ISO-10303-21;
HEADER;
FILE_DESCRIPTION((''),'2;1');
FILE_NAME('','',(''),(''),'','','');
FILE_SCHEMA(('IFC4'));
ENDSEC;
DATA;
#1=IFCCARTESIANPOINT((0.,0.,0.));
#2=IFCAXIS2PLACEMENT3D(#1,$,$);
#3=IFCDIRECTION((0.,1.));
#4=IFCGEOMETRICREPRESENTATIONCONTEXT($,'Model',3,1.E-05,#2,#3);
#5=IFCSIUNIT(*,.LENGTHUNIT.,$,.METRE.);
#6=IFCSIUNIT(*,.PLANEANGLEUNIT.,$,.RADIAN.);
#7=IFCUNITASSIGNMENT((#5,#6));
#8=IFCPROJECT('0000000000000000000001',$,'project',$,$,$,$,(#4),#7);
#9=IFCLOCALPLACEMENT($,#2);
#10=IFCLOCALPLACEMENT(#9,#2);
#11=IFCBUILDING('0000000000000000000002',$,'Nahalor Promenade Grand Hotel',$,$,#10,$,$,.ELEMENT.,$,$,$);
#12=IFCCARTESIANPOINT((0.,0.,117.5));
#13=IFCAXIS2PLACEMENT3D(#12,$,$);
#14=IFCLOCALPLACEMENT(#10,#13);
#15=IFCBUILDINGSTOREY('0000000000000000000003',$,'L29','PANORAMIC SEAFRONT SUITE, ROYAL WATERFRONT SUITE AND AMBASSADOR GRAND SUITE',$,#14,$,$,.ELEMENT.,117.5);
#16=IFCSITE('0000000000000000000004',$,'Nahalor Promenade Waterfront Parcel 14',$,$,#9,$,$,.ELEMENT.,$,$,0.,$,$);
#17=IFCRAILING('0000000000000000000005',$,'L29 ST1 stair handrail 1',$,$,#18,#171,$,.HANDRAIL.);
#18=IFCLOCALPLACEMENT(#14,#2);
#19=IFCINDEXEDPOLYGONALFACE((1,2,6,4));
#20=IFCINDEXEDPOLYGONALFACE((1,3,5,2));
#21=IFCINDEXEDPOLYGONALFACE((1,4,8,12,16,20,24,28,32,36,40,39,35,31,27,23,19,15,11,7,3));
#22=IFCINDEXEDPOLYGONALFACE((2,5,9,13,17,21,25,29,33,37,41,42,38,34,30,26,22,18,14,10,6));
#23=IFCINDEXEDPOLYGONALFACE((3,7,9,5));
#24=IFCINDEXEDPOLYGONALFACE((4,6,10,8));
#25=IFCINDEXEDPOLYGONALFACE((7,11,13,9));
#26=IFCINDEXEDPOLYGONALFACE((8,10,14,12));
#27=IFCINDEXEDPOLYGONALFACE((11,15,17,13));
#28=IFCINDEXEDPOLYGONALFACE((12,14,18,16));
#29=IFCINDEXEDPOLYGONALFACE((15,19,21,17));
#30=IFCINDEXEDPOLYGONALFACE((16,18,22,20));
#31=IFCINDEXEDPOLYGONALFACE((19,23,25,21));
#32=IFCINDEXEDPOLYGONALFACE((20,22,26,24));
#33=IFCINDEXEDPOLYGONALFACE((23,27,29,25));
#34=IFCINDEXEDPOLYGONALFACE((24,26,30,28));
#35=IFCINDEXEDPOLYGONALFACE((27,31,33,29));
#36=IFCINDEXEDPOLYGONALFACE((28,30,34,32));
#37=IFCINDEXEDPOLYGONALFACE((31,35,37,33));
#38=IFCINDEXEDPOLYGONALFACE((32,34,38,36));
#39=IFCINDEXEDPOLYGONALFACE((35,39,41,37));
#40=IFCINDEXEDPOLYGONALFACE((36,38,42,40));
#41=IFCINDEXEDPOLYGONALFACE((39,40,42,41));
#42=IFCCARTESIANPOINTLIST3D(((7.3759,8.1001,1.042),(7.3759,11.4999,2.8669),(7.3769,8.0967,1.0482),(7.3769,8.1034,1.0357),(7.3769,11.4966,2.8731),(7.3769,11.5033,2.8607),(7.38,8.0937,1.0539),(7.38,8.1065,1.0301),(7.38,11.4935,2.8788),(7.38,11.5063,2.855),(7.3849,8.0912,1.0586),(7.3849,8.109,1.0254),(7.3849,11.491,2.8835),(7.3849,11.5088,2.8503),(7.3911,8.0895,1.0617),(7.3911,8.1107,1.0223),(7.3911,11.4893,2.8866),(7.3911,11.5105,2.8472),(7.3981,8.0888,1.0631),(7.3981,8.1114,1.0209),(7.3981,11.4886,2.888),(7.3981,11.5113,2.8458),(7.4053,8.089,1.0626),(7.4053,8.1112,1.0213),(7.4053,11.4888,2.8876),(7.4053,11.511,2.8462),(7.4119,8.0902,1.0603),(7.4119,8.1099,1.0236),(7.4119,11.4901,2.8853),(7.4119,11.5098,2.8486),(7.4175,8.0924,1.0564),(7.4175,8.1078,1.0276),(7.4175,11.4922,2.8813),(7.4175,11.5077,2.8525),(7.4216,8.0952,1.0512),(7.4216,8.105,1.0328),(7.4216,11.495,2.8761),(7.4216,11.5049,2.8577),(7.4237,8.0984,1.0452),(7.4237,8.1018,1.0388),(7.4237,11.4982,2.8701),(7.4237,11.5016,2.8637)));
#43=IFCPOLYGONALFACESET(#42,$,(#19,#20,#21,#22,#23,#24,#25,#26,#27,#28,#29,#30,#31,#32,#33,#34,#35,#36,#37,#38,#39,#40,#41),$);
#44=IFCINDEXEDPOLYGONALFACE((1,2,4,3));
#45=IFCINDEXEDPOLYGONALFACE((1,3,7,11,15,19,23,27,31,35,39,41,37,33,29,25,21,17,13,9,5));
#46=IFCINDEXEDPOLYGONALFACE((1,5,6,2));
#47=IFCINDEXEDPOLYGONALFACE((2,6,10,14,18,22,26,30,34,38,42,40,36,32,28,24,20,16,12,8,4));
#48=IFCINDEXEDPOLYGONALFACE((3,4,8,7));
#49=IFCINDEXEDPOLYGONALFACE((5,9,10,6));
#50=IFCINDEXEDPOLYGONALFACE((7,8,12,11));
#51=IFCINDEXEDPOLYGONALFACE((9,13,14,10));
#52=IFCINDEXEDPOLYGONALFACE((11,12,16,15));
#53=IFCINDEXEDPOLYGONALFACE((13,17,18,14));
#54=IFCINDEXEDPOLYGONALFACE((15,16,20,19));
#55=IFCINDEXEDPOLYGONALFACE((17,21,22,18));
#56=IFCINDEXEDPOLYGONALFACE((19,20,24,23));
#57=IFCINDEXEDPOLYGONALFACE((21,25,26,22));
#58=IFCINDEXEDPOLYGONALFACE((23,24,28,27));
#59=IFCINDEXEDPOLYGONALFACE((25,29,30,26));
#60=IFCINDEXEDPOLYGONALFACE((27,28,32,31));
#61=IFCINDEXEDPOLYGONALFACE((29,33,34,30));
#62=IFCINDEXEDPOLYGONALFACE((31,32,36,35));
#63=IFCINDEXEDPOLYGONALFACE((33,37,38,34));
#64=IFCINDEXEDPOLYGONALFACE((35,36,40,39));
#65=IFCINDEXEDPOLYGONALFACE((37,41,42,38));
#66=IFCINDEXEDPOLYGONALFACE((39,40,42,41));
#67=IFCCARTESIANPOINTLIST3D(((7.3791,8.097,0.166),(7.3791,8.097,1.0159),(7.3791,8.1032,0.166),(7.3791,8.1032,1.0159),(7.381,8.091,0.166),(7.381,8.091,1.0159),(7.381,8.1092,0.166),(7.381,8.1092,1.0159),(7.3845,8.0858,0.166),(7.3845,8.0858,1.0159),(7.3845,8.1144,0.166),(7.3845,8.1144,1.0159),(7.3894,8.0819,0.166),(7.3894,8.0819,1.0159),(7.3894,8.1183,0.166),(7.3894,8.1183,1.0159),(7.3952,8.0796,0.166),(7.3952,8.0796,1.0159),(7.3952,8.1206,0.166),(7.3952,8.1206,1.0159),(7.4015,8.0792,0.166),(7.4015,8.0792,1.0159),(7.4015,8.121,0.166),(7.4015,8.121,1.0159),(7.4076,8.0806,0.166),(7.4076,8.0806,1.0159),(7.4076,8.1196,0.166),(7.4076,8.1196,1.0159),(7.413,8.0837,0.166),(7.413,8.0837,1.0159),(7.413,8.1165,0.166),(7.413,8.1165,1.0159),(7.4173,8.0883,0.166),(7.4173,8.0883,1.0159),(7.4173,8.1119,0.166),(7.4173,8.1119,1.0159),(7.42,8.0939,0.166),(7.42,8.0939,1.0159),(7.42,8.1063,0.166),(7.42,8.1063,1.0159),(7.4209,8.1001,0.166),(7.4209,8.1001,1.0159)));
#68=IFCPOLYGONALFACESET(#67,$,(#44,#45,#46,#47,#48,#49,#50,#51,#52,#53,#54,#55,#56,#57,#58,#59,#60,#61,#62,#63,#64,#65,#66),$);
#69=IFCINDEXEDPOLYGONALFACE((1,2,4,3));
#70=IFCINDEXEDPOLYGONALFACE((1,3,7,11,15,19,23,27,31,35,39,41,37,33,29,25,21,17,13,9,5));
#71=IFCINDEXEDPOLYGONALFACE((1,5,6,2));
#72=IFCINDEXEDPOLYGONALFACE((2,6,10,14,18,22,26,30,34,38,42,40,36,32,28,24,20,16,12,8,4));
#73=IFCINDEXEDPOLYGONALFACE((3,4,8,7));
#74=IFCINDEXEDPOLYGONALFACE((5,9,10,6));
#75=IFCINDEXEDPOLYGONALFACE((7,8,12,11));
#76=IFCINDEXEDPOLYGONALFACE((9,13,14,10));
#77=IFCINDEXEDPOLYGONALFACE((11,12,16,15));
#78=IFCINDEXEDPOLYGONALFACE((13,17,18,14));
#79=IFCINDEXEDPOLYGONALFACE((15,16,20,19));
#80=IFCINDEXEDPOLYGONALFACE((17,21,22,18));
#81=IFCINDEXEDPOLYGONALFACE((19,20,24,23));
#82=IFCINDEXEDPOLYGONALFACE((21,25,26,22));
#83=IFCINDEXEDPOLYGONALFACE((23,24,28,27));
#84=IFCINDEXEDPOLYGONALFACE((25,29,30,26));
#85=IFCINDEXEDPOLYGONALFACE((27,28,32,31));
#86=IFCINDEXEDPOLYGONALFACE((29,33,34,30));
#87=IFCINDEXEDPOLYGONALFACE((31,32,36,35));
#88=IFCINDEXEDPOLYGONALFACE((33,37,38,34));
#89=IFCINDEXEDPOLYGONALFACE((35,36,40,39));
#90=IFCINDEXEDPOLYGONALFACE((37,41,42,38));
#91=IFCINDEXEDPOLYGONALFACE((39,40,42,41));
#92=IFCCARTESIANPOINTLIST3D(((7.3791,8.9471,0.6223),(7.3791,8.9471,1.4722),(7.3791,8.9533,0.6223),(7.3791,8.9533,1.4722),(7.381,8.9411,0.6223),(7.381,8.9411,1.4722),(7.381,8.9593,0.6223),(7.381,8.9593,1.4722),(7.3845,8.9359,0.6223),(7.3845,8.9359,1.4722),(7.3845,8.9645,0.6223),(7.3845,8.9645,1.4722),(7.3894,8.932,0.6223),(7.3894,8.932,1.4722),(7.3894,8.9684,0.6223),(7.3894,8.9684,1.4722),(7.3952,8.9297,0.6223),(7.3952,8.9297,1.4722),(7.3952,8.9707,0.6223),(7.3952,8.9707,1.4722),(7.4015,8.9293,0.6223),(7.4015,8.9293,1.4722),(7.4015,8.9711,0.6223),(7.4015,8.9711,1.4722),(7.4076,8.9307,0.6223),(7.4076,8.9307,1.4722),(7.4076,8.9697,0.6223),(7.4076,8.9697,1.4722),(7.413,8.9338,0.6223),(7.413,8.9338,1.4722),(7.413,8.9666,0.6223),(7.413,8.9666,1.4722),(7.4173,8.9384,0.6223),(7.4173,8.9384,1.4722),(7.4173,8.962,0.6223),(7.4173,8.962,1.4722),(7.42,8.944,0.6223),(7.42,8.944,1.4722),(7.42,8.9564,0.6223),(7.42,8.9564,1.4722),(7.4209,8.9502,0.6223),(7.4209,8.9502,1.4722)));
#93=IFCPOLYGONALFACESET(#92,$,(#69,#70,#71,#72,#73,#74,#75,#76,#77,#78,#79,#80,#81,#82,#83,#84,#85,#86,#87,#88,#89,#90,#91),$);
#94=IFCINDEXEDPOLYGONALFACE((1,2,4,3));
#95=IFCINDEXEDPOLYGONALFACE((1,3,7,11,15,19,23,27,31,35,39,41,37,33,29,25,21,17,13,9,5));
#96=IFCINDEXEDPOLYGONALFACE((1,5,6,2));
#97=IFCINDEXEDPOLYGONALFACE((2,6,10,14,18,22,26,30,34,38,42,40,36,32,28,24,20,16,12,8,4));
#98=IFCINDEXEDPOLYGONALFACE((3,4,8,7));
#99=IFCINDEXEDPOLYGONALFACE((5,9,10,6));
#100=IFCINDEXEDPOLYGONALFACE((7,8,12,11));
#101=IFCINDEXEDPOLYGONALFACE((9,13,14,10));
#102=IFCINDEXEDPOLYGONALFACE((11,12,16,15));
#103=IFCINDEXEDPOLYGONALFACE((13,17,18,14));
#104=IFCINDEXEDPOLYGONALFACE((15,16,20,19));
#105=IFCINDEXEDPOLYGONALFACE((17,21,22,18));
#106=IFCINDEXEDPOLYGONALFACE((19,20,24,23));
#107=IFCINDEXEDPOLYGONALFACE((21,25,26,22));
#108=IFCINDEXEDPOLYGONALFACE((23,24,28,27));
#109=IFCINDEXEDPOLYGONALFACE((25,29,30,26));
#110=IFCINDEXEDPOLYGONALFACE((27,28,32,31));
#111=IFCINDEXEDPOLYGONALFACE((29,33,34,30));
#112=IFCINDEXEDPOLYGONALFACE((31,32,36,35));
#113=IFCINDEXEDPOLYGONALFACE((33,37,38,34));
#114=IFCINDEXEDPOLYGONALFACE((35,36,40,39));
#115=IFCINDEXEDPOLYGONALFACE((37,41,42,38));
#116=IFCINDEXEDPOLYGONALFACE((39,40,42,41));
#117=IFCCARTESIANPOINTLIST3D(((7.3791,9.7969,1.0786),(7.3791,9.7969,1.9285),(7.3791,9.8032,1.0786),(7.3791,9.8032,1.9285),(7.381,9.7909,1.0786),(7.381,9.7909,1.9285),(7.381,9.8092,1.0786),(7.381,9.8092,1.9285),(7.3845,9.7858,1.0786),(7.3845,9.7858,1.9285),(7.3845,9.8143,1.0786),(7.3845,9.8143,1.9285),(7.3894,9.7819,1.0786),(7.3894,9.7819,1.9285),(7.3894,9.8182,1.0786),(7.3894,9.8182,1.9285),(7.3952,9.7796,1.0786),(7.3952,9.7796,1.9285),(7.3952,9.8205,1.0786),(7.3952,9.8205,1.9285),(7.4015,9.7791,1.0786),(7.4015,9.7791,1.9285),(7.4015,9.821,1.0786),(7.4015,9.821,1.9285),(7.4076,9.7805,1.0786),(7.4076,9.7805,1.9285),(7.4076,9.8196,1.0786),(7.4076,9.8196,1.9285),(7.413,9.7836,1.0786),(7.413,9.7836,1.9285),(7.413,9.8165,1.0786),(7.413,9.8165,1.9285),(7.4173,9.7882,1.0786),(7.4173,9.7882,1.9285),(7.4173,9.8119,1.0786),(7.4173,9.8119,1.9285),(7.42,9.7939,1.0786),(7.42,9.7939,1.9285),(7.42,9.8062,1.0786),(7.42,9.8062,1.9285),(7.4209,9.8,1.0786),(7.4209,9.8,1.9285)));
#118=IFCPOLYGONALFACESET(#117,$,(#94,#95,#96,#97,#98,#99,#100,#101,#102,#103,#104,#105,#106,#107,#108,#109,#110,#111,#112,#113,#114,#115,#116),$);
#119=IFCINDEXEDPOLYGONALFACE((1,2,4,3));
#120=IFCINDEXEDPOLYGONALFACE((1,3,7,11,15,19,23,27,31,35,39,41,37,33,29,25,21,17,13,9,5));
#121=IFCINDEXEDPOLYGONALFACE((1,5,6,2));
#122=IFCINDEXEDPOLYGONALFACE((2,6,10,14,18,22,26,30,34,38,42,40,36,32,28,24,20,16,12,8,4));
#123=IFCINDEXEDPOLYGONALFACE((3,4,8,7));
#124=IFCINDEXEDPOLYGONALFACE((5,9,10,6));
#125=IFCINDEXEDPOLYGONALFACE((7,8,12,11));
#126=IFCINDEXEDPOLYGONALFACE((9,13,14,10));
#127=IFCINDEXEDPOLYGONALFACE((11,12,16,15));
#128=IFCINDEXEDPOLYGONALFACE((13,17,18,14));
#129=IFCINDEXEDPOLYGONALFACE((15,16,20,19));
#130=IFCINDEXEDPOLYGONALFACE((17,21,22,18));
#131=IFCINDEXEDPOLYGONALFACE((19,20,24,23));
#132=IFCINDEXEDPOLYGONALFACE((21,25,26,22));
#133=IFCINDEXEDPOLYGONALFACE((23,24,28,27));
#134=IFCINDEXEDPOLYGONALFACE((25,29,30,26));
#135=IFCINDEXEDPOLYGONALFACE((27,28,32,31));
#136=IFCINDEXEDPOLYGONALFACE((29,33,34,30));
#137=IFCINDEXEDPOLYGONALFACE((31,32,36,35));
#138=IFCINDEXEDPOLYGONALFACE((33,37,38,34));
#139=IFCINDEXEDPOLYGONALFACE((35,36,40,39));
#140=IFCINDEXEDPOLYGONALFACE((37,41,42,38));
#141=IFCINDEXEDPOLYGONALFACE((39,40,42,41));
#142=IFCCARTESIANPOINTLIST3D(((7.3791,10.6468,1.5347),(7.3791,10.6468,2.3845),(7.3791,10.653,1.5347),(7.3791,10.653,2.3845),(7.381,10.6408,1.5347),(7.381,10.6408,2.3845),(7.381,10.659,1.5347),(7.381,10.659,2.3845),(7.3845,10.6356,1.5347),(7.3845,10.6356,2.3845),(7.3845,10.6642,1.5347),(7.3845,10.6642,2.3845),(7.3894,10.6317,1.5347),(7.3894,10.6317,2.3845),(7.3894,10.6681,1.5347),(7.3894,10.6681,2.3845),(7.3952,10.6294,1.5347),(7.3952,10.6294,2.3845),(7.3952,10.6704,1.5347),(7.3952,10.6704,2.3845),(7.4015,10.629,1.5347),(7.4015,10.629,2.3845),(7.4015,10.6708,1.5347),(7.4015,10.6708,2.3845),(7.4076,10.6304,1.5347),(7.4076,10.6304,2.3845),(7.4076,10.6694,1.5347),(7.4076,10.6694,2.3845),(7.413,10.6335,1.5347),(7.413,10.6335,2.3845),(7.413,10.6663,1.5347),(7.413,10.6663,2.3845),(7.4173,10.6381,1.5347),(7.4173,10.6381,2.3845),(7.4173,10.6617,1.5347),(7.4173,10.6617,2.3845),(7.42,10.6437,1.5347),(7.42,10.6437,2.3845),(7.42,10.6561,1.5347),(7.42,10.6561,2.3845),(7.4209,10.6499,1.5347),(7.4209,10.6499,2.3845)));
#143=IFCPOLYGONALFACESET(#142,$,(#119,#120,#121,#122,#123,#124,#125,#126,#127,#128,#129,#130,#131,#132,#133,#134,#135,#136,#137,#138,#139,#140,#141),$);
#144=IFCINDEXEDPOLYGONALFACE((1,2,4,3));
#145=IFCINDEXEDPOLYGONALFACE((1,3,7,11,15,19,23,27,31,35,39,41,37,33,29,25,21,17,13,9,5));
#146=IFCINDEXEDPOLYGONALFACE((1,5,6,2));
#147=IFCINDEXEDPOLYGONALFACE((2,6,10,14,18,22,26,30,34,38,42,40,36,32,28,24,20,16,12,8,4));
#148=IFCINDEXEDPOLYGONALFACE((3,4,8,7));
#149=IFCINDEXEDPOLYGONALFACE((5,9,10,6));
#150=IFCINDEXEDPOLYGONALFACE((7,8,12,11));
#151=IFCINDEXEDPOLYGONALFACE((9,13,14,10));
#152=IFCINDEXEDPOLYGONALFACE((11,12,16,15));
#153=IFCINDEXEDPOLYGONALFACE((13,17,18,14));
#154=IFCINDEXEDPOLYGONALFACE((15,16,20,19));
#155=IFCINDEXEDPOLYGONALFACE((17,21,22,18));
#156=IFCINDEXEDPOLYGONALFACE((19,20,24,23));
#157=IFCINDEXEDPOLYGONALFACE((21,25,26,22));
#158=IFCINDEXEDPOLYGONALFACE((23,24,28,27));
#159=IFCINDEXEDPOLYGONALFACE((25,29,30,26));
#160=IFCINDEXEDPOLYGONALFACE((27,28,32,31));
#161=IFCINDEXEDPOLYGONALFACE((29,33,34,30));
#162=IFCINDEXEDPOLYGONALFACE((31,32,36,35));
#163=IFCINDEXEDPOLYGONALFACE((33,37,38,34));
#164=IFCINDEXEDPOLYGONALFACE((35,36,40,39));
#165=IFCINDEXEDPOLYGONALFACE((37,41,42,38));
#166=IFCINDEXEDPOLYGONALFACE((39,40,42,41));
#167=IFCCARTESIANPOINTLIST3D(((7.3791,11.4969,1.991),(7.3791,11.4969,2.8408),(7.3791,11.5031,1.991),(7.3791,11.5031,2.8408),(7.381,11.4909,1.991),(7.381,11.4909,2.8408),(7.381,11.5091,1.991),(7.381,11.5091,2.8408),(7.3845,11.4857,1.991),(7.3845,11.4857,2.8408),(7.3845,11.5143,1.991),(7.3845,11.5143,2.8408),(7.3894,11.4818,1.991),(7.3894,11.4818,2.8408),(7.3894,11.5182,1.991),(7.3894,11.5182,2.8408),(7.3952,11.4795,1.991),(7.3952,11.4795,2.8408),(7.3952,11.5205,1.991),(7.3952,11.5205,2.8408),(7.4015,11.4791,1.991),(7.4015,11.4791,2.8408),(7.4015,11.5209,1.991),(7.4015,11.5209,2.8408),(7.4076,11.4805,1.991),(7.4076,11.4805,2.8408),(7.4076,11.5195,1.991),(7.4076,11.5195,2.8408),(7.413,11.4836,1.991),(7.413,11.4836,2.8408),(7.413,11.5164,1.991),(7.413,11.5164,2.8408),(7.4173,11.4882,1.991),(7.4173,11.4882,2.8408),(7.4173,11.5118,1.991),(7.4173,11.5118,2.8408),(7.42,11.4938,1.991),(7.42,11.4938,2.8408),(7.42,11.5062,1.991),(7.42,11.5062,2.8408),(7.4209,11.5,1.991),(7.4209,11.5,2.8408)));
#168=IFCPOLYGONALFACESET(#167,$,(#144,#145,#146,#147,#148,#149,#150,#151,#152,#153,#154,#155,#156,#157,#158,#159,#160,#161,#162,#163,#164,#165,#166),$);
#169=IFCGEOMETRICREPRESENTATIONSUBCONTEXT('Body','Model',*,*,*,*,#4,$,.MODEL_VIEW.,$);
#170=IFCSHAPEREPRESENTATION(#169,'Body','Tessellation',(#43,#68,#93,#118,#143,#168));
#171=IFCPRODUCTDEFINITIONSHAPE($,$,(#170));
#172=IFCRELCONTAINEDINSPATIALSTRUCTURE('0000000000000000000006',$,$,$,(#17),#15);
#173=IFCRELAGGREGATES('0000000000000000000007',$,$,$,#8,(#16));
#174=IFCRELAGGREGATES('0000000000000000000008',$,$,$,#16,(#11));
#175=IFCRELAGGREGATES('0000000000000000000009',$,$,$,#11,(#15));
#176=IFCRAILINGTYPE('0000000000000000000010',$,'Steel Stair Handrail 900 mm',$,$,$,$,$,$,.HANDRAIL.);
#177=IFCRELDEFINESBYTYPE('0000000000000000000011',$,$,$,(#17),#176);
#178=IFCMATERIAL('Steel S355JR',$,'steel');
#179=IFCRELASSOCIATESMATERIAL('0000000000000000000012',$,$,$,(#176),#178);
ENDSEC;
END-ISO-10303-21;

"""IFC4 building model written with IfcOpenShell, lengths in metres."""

from ifc_helpers import new_model, si_unit, direction, frame, origin, origin_2d, place, context, subcontext, project, spatial, circle, extrude, material, type_object, element, save


model = new_model("IFC4")

# Units and contexts
model_context = context("Model", 3, precision=1e-05, world=origin(), true_north=direction((0.0, 1.0)))
body_context = subcontext(model_context, "Body", "Model", "MODEL_VIEW")
ifc_project = project(units=[si_unit("LENGTHUNIT", "METRE"), si_unit("PLANEANGLEUNIT", "RADIAN")], contexts=[model_context])

# Site, building, storey
site_placement = place(None, origin())
site = spatial("IfcSite", under=ifc_project, at=site_placement, Name="Nahalor Promenade Waterfront Parcel 14", CompositionType="ELEMENT", RefElevation=0.0)
building_placement = place(site_placement, origin())
building = spatial("IfcBuilding", under=site, at=building_placement, Name="Nahalor Promenade Grand Hotel", CompositionType="ELEMENT")
storey_placement = place(building_placement, frame((0.0, 0.0, 117.5)))
storey = spatial("IfcBuildingStorey", under=building, at=storey_placement, Name="L29", Description="PANORAMIC SEAFRONT SUITE, ROYAL WATERFRONT SUITE AND AMBASSADOR GRAND SUITE", CompositionType="ELEMENT", Elevation=117.5)

# Shared definitions
ifc_material_1 = material(Name="Steel S355JR", Category="steel")

# Railing
railing_type = type_object("IfcRailingType", Name="Steel Stair Handrail 900 mm", PredefinedType="HANDRAIL", material=ifc_material_1)
railing_placement = place(storey_placement, frame((7.3999, 8.1001, 0.166)))
element("IfcRailing", 1, at=railing_placement, inside=storey, type_object=railing_type, Name="L29 ST1 stair handrail 1", PredefinedType="HANDRAIL", context=body_context, shape_type="SweptSolid", body=[
    extrude(circle(Radius=0.024, at=origin_2d()), frame((0.0, 0.0, 0.876), z_axis=(0.0, 0.881094, 0.472941), x_axis=(-1.0, 0.0, 0.0)), (0.0, 0.0, 1.0), 3.8586),
    extrude(circle(Radius=0.021, at=origin_2d()), origin(), (0.0, 0.0, 1.0), 0.8499),
    extrude(circle(Radius=0.021, at=origin_2d()), frame((0.0, 0.8501, 0.4563)), (0.0, 0.0, 1.0), 0.8499),
    extrude(circle(Radius=0.021, at=origin_2d()), frame((0.0, 1.7, 0.9126)), (0.0, 0.0, 1.0), 0.8499),
    extrude(circle(Radius=0.021, at=origin_2d()), frame((0.0, 2.5498, 1.3687)), (0.0, 0.0, 1.0), 0.8499),
    extrude(circle(Radius=0.021, at=origin_2d()), frame((0.0, 3.3999, 1.825)), (0.0, 0.0, 1.0), 0.8499),
])

save(model, "model.ifc")
